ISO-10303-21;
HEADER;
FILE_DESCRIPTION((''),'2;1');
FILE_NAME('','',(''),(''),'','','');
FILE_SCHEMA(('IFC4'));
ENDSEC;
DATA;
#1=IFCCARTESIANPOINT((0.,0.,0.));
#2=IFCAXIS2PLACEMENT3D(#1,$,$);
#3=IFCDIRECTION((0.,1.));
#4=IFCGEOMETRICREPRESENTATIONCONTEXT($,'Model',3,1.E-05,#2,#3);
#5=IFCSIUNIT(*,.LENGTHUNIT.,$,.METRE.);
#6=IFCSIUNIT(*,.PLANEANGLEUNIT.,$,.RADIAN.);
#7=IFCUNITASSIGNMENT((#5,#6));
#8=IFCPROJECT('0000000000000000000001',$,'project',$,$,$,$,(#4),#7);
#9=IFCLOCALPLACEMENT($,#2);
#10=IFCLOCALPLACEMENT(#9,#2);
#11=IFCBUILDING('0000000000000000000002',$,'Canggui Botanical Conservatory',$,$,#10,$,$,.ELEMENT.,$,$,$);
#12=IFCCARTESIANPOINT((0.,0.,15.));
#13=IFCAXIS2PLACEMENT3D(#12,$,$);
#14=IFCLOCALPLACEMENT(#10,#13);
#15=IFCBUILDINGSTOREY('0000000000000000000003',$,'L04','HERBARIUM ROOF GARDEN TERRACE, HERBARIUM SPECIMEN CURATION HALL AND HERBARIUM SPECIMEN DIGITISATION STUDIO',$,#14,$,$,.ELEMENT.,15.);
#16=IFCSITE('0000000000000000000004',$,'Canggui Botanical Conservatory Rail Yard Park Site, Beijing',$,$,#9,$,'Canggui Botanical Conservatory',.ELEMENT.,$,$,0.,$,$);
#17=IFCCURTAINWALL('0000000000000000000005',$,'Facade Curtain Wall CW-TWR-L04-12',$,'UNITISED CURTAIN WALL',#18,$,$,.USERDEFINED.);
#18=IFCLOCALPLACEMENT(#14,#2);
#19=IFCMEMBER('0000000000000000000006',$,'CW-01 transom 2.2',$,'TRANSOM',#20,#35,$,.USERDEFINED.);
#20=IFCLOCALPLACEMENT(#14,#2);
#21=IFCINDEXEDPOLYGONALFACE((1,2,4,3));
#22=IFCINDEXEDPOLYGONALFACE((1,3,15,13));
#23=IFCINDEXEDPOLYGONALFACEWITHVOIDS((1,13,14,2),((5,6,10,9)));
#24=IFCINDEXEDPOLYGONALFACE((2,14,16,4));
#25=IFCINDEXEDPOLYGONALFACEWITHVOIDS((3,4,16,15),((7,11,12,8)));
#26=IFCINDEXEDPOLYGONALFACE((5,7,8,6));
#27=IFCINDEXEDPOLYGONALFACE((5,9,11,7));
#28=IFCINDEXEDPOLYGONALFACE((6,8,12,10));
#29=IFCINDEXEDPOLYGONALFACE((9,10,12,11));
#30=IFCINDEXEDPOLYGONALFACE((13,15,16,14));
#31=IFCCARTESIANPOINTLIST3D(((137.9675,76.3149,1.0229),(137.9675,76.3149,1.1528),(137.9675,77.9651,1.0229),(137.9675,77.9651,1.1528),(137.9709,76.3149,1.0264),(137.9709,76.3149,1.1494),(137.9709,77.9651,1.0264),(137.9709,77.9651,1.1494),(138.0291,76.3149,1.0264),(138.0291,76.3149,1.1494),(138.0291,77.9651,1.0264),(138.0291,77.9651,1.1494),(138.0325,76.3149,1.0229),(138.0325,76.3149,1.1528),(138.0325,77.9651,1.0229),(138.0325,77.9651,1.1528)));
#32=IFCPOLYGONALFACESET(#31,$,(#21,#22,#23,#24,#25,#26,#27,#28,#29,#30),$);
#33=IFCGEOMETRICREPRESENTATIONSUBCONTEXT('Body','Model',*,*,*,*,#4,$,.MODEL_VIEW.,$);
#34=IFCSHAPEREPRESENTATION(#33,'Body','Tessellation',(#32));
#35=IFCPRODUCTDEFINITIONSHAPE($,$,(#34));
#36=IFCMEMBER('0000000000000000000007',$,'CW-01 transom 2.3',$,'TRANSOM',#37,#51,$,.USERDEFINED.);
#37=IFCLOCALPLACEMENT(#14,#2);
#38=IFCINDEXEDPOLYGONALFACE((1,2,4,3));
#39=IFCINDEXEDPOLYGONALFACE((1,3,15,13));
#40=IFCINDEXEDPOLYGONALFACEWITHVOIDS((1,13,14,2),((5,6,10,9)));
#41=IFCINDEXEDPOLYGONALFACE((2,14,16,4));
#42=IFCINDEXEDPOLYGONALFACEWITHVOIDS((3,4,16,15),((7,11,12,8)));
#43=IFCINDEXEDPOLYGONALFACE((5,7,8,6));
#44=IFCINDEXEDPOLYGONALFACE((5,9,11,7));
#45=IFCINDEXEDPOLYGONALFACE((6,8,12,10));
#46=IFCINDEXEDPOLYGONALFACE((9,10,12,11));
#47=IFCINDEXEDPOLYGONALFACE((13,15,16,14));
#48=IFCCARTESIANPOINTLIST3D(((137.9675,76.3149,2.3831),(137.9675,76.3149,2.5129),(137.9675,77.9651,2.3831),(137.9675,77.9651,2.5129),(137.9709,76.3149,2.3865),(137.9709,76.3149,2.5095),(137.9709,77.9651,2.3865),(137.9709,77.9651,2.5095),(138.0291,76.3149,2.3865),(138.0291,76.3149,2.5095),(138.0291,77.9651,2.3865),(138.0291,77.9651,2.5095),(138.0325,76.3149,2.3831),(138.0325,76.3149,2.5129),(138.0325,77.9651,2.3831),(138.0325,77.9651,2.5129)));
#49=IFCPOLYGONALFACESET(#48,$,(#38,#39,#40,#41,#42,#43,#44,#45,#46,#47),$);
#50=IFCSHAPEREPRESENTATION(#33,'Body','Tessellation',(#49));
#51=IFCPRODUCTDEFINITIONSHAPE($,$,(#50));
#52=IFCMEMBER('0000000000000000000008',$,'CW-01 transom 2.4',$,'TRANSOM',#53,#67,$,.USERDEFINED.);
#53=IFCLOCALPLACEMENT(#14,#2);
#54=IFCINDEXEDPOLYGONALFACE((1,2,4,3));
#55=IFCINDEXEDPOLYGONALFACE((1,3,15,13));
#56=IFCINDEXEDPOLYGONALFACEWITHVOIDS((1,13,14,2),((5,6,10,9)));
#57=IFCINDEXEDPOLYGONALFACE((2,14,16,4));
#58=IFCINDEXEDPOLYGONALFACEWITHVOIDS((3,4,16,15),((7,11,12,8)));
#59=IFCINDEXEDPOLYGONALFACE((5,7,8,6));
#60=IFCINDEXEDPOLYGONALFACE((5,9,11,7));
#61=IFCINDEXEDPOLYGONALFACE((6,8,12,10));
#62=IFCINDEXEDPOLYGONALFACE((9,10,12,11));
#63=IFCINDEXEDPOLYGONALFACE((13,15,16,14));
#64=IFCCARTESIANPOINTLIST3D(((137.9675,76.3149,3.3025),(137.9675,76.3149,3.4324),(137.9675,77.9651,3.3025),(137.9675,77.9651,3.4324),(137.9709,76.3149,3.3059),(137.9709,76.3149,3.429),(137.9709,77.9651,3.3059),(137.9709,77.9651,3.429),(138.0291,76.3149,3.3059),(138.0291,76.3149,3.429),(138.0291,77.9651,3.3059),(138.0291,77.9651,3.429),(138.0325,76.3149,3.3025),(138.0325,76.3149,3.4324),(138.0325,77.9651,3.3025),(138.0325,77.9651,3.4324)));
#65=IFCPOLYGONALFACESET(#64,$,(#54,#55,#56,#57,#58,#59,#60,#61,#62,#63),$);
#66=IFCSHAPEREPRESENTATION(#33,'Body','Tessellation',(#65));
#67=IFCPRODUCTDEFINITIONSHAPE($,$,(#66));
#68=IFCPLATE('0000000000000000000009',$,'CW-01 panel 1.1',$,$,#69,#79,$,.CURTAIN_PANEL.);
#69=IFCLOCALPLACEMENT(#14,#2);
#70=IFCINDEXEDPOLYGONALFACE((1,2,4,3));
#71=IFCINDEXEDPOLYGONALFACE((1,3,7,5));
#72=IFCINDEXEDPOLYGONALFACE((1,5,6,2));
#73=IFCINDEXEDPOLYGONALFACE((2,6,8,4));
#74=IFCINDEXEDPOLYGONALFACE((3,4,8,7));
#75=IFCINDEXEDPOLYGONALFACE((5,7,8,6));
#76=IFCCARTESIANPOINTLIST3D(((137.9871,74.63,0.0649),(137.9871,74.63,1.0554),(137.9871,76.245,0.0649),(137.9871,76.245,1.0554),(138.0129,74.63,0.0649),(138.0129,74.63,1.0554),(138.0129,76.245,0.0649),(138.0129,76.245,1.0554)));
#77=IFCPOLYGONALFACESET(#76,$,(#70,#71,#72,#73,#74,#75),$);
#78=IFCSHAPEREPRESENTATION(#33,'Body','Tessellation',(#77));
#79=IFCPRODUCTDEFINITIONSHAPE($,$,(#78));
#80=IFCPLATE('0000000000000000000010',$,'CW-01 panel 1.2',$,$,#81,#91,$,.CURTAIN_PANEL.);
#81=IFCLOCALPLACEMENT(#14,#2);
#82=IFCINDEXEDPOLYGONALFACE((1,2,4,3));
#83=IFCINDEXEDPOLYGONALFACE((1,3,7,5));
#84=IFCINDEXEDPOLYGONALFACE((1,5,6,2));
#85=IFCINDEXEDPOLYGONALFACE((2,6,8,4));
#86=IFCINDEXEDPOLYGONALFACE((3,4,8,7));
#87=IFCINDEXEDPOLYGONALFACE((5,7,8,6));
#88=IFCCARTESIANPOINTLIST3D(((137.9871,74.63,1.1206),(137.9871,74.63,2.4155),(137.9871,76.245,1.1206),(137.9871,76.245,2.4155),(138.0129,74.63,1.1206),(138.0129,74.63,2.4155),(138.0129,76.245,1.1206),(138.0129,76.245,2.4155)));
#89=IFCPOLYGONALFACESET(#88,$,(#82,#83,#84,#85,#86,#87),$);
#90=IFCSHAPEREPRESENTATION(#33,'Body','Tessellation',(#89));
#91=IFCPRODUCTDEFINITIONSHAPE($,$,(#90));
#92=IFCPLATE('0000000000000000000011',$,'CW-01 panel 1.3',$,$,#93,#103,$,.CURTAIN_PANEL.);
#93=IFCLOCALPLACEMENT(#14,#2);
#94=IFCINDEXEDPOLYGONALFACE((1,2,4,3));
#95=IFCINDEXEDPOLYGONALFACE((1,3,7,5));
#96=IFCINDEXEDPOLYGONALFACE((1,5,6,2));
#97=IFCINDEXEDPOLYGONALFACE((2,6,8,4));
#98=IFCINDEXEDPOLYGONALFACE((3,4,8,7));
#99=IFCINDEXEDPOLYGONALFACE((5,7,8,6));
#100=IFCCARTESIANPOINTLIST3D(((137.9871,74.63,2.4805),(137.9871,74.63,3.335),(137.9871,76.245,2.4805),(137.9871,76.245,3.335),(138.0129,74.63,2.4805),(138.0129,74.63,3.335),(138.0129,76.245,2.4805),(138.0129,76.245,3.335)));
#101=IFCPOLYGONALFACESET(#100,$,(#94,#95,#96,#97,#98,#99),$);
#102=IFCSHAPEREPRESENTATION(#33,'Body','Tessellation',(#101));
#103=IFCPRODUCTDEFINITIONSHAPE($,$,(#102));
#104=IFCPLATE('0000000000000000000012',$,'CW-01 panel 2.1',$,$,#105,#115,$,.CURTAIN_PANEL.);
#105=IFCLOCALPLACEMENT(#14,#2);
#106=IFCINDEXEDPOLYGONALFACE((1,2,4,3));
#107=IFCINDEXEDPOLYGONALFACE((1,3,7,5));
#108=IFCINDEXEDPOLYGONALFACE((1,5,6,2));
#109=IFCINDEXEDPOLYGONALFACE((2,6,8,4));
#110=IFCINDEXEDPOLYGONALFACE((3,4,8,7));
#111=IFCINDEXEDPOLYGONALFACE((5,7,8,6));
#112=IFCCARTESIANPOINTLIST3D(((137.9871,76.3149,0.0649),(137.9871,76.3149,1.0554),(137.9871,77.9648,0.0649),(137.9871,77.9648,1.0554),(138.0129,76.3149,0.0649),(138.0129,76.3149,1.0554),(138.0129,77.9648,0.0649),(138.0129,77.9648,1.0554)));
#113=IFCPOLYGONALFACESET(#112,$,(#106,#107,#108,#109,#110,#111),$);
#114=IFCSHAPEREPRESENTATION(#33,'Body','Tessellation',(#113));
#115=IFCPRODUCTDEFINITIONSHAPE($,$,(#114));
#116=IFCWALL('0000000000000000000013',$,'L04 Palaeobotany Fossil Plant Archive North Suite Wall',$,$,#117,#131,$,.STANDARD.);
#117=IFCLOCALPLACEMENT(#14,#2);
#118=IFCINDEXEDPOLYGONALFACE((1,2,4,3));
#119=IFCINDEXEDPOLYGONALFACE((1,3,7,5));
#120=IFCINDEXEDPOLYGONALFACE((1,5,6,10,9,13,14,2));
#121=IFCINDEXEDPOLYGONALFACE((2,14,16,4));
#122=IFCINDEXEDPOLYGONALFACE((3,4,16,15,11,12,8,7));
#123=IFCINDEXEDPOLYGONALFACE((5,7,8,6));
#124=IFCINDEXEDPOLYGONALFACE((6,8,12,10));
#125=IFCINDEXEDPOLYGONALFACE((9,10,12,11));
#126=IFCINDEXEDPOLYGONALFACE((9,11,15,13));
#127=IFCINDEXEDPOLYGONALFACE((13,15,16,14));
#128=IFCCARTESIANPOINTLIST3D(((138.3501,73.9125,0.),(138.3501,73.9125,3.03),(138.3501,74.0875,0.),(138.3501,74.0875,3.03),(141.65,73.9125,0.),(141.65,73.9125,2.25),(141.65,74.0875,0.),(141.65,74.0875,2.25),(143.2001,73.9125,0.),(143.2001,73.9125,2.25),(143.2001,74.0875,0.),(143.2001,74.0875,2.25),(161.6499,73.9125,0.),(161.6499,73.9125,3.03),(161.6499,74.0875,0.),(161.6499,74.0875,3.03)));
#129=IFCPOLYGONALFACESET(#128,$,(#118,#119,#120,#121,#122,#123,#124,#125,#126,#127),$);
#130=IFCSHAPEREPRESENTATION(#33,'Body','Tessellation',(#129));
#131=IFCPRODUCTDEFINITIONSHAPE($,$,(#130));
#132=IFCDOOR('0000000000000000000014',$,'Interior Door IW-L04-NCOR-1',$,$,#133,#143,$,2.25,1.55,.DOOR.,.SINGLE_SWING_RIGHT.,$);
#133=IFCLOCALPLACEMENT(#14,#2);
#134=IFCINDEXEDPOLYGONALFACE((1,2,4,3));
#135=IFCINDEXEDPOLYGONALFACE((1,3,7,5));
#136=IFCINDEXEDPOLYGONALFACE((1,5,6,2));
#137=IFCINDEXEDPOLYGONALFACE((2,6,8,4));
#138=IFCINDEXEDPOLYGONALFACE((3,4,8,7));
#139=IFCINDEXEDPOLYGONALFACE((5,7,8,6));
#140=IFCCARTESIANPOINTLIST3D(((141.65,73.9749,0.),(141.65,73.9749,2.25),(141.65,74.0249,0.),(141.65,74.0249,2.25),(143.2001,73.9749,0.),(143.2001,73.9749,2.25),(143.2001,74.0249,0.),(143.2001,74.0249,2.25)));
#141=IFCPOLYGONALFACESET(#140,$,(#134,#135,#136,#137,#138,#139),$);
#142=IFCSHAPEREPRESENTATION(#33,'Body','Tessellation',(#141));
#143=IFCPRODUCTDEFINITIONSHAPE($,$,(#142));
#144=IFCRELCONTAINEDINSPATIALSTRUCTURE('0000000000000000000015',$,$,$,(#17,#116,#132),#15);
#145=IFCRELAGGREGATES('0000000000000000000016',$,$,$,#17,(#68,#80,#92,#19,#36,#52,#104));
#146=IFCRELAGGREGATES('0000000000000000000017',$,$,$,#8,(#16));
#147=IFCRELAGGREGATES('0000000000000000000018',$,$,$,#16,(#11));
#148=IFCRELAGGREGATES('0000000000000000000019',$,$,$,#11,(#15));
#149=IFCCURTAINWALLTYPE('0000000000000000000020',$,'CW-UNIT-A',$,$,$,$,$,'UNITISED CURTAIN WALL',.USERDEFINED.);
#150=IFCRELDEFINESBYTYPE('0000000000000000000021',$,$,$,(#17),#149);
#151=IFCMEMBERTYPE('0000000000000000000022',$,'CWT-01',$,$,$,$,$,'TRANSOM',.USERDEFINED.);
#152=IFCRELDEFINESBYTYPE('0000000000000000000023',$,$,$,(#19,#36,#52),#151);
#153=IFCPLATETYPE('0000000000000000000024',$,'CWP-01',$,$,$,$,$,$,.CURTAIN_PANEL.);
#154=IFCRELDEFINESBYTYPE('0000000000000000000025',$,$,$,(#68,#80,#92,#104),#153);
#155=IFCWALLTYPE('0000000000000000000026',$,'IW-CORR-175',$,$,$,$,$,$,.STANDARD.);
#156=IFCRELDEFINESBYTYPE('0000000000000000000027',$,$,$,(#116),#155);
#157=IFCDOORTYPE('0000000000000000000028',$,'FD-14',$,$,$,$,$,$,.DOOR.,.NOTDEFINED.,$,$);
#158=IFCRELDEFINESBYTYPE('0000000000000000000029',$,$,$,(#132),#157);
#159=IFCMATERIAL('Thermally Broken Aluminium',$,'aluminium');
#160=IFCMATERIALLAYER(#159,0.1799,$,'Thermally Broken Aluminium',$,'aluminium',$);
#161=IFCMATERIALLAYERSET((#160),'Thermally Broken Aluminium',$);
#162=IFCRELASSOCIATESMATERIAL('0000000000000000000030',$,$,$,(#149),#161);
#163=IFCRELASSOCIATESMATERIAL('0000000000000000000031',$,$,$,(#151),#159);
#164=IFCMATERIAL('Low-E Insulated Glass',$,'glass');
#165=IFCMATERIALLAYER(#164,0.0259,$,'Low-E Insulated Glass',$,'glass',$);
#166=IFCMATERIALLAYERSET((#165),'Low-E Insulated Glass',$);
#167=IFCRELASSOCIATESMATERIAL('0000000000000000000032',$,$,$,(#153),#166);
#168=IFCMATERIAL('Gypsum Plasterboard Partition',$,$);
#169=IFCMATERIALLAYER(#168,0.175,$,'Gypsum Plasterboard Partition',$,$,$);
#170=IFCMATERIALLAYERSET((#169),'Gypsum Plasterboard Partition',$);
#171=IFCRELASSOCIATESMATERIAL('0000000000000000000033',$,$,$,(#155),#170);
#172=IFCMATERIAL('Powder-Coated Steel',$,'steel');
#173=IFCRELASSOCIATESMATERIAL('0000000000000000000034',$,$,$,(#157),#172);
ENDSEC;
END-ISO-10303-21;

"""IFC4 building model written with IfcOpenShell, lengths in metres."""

from ifc_helpers import new_model, si_unit, direction, frame, frame_2d, origin, origin_2d, place, context, subcontext, project, spatial, rectangle, hollow_rectangle, extrude, material, layer, layer_set, material_profile, profile_set, type_object, element, fill, aggregate, save


model = new_model("IFC4")

# Units and contexts
model_context = context("Model", 3, precision=1e-05, world=origin(), true_north=direction((0.0, 1.0)))
body_context = subcontext(model_context, "Body", "Model", "MODEL_VIEW")
ifc_project = project(units=[si_unit("LENGTHUNIT", "METRE"), si_unit("PLANEANGLEUNIT", "RADIAN")], contexts=[model_context])

# Site, building, storey
site_placement = place(None, origin())
site = spatial("IfcSite", under=ifc_project, at=site_placement, Name="Canggui Botanical Conservatory Rail Yard Park Site, Beijing", LongName="Canggui Botanical Conservatory", CompositionType="ELEMENT", RefElevation=0.0)
building_placement = place(site_placement, origin())
building = spatial("IfcBuilding", under=site, at=building_placement, Name="Canggui Botanical Conservatory", CompositionType="ELEMENT")
storey_placement = place(building_placement, frame((0.0, 0.0, 15.0)))
storey = spatial("IfcBuildingStorey", under=building, at=storey_placement, Name="L04", Description="HERBARIUM ROOF GARDEN TERRACE, HERBARIUM SPECIMEN CURATION HALL AND HERBARIUM SPECIMEN DIGITISATION STUDIO", CompositionType="ELEMENT", Elevation=15.0)

# Curtain wall, members, plates
ifc_material_1 = material(Name="Thermally Broken Aluminium", Category="aluminium")
ifc_layer_1 = layer(ifc_material_1, 0.1799, Name="Thermally Broken Aluminium", Category="aluminium")
ifc_layer_set_1 = layer_set([ifc_layer_1], Name="Thermally Broken Aluminium")
curtain_wall_type = type_object("IfcCurtainWallType", Name="CW-UNIT-A", ElementType="UNITISED CURTAIN WALL", PredefinedType="USERDEFINED", material=ifc_layer_set_1)
curtain_wall_placement = place(storey_placement, origin())
curtain_wall = element("IfcCurtainWall", 1, at=curtain_wall_placement, inside=storey, type_object=curtain_wall_type, Name="Facade Curtain Wall CW-TWR-L04-12", ObjectType="UNITISED CURTAIN WALL", PredefinedType="USERDEFINED")
ifc_material_profile_1 = material_profile(ifc_material_1, hollow_rectangle(XDim=0.0649, YDim=0.1299, WallThickness=0.0034, at=origin_2d()), Name="CWT 65x130x3.5")
ifc_profile_set_1 = profile_set([ifc_material_profile_1], Name="Thermally Broken Aluminium")
member_type_1 = type_object("IfcMemberType", Name="CWT-01", ElementType="TRANSOM", PredefinedType="USERDEFINED", material=ifc_profile_set_1)
member_1_placement = place(storey_placement, frame((138.0, 76.3149, 1.0879), z_axis=(0.0, 1.0, 0.0), x_axis=(-1.0, 0.0, 0.0)))
member_1 = element("IfcMember", 2, at=member_1_placement, type_object=member_type_1, Name="CW-01 transom 2.2", ObjectType="TRANSOM", PredefinedType="USERDEFINED", context=body_context, shape_type="SweptSolid", body=[
    extrude(hollow_rectangle(XDim=0.0649, YDim=0.1299, WallThickness=0.0034, at=origin_2d()), origin(), (0.0, 0.0, 1.0), 1.6501),
])
member_2_placement = place(storey_placement, frame((138.0, 76.3149, 2.448), z_axis=(0.0, 1.0, 0.0), x_axis=(-1.0, 0.0, 0.0)))
member_2 = element("IfcMember", 3, at=member_2_placement, type_object=member_type_1, Name="CW-01 transom 2.3", ObjectType="TRANSOM", PredefinedType="USERDEFINED", context=body_context, shape_type="SweptSolid", body=[
    extrude(hollow_rectangle(XDim=0.0649, YDim=0.1299, WallThickness=0.0034, at=origin_2d()), origin(), (0.0, 0.0, 1.0), 1.6501),
])
member_3_placement = place(storey_placement, frame((138.0, 76.3149, 3.3674), z_axis=(0.0, 1.0, 0.0), x_axis=(-1.0, 0.0, 0.0)))
member_3 = element("IfcMember", 4, at=member_3_placement, type_object=member_type_1, Name="CW-01 transom 2.4", ObjectType="TRANSOM", PredefinedType="USERDEFINED", context=body_context, shape_type="SweptSolid", body=[
    extrude(hollow_rectangle(XDim=0.0649, YDim=0.1299, WallThickness=0.0034, at=origin_2d()), origin(), (0.0, 0.0, 1.0), 1.6501),
])
ifc_material_2 = material(Name="Low-E Insulated Glass", Category="glass")
ifc_layer_2 = layer(ifc_material_2, 0.0259, Name="Low-E Insulated Glass", Category="glass")
ifc_layer_set_2 = layer_set([ifc_layer_2], Name="Low-E Insulated Glass")
plate_type = type_object("IfcPlateType", Name="CWP-01", PredefinedType="CURTAIN_PANEL", material=ifc_layer_set_2)
plate_1_placement = place(storey_placement, frame((138.0, 75.4375, 0.0649), z_axis=(0.0, 0.0, 1.0), x_axis=(0.0, 1.0, 0.0)))
plate_1 = element("IfcPlate", 5, at=plate_1_placement, type_object=plate_type, Name="CW-01 panel 1.1", PredefinedType="CURTAIN_PANEL", context=body_context, shape_type="SweptSolid", body=[
    extrude(rectangle(XDim=1.615, YDim=0.0259, at=origin_2d()), origin(), (0.0, 0.0, 1.0), 0.9905),
])
plate_2_placement = place(storey_placement, frame((138.0, 75.4375, 1.1206), z_axis=(0.0, 0.0, 1.0), x_axis=(0.0, 1.0, 0.0)))
plate_2 = element("IfcPlate", 6, at=plate_2_placement, type_object=plate_type, Name="CW-01 panel 1.2", PredefinedType="CURTAIN_PANEL", context=body_context, shape_type="SweptSolid", body=[
    extrude(rectangle(XDim=1.615, YDim=0.0259, at=origin_2d()), origin(), (0.0, 0.0, 1.0), 1.2949),
])
plate_3_placement = place(storey_placement, frame((138.0, 75.4375, 2.4805), z_axis=(0.0, 0.0, 1.0), x_axis=(0.0, 1.0, 0.0)))
plate_3 = element("IfcPlate", 7, at=plate_3_placement, type_object=plate_type, Name="CW-01 panel 1.3", PredefinedType="CURTAIN_PANEL", context=body_context, shape_type="SweptSolid", body=[
    extrude(rectangle(XDim=1.615, YDim=0.0259, at=origin_2d()), origin(), (0.0, 0.0, 1.0), 0.8545),
])
plate_4_placement = place(storey_placement, frame((138.0, 77.1399, 0.0649), z_axis=(0.0, 0.0, 1.0), x_axis=(0.0, 1.0, 0.0)))
plate_4 = element("IfcPlate", 8, at=plate_4_placement, type_object=plate_type, Name="CW-01 panel 2.1", PredefinedType="CURTAIN_PANEL", context=body_context, shape_type="SweptSolid", body=[
    extrude(rectangle(XDim=1.6499, YDim=0.0259, at=origin_2d()), origin(), (0.0, 0.0, 1.0), 0.9905),
])
aggregate(curtain_wall, [plate_1, plate_2, plate_3, member_1, member_2, member_3, plate_4])

# Wall, opening, door
ifc_material_3 = material(Name="Gypsum Plasterboard Partition")
ifc_layer_3 = layer(ifc_material_3, 0.175, Name="Gypsum Plasterboard Partition")
ifc_layer_set_3 = layer_set([ifc_layer_3], Name="Gypsum Plasterboard Partition")
wall_type = type_object("IfcWallType", Name="IW-CORR-175", PredefinedType="STANDARD", material=ifc_layer_set_3)
wall_placement = place(storey_placement, frame((138.3501, 74.0, 0.0), z_axis=(0.0, 0.0, 1.0), x_axis=(1.0, 0.0, 0.0)))
wall = element("IfcWall", 9, at=wall_placement, inside=storey, type_object=wall_type, Name="L04 Palaeobotany Fossil Plant Archive North Suite Wall", PredefinedType="STANDARD", context=body_context, shape_type="SweptSolid", body=[
    extrude(rectangle(XDim=23.2998, YDim=0.175, at=frame_2d((11.6499, 0.0))), origin(), (0.0, 0.0, 1.0), 3.03),
])
opening_placement = place(wall_placement, frame((3.3, 0.0, 0.0)))
opening = element("IfcOpeningElement", 10, at=opening_placement, cuts=wall, PredefinedType="OPENING", context=body_context, shape_type="SweptSolid", body=[
    extrude(rectangle(XDim=1.55, YDim=2.25, at=frame_2d((0.7749, 1.125))), frame((0.0, 0.0977, 0.0), z_axis=(0.0, -1.0, 0.0), x_axis=(1.0, 0.0, 0.0)), (0.0, 0.0, 1.0), 0.1951),
])
ifc_material_4 = material(Name="Powder-Coated Steel", Category="steel")
door_type = type_object("IfcDoorType", Name="FD-14", OperationType="NOTDEFINED", PredefinedType="DOOR", material=ifc_material_4)
door_placement = place(opening_placement, origin())
door = element("IfcDoor", 11, at=door_placement, inside=storey, type_object=door_type, Name="Interior Door IW-L04-NCOR-1", OperationType="SINGLE_SWING_RIGHT", OverallHeight=2.25, OverallWidth=1.55, PredefinedType="DOOR", context=body_context, shape_type="SweptSolid", body=[
    extrude(rectangle(XDim=1.55, YDim=2.25, at=frame_2d((0.7749, 1.125))), frame((0.0, 0.0249, 0.0), z_axis=(0.0, -1.0, 0.0), x_axis=(1.0, 0.0, 0.0)), (0.0, 0.0, 1.0), 0.05),
])
fill(opening, door)

save(model, "model.ifc")
